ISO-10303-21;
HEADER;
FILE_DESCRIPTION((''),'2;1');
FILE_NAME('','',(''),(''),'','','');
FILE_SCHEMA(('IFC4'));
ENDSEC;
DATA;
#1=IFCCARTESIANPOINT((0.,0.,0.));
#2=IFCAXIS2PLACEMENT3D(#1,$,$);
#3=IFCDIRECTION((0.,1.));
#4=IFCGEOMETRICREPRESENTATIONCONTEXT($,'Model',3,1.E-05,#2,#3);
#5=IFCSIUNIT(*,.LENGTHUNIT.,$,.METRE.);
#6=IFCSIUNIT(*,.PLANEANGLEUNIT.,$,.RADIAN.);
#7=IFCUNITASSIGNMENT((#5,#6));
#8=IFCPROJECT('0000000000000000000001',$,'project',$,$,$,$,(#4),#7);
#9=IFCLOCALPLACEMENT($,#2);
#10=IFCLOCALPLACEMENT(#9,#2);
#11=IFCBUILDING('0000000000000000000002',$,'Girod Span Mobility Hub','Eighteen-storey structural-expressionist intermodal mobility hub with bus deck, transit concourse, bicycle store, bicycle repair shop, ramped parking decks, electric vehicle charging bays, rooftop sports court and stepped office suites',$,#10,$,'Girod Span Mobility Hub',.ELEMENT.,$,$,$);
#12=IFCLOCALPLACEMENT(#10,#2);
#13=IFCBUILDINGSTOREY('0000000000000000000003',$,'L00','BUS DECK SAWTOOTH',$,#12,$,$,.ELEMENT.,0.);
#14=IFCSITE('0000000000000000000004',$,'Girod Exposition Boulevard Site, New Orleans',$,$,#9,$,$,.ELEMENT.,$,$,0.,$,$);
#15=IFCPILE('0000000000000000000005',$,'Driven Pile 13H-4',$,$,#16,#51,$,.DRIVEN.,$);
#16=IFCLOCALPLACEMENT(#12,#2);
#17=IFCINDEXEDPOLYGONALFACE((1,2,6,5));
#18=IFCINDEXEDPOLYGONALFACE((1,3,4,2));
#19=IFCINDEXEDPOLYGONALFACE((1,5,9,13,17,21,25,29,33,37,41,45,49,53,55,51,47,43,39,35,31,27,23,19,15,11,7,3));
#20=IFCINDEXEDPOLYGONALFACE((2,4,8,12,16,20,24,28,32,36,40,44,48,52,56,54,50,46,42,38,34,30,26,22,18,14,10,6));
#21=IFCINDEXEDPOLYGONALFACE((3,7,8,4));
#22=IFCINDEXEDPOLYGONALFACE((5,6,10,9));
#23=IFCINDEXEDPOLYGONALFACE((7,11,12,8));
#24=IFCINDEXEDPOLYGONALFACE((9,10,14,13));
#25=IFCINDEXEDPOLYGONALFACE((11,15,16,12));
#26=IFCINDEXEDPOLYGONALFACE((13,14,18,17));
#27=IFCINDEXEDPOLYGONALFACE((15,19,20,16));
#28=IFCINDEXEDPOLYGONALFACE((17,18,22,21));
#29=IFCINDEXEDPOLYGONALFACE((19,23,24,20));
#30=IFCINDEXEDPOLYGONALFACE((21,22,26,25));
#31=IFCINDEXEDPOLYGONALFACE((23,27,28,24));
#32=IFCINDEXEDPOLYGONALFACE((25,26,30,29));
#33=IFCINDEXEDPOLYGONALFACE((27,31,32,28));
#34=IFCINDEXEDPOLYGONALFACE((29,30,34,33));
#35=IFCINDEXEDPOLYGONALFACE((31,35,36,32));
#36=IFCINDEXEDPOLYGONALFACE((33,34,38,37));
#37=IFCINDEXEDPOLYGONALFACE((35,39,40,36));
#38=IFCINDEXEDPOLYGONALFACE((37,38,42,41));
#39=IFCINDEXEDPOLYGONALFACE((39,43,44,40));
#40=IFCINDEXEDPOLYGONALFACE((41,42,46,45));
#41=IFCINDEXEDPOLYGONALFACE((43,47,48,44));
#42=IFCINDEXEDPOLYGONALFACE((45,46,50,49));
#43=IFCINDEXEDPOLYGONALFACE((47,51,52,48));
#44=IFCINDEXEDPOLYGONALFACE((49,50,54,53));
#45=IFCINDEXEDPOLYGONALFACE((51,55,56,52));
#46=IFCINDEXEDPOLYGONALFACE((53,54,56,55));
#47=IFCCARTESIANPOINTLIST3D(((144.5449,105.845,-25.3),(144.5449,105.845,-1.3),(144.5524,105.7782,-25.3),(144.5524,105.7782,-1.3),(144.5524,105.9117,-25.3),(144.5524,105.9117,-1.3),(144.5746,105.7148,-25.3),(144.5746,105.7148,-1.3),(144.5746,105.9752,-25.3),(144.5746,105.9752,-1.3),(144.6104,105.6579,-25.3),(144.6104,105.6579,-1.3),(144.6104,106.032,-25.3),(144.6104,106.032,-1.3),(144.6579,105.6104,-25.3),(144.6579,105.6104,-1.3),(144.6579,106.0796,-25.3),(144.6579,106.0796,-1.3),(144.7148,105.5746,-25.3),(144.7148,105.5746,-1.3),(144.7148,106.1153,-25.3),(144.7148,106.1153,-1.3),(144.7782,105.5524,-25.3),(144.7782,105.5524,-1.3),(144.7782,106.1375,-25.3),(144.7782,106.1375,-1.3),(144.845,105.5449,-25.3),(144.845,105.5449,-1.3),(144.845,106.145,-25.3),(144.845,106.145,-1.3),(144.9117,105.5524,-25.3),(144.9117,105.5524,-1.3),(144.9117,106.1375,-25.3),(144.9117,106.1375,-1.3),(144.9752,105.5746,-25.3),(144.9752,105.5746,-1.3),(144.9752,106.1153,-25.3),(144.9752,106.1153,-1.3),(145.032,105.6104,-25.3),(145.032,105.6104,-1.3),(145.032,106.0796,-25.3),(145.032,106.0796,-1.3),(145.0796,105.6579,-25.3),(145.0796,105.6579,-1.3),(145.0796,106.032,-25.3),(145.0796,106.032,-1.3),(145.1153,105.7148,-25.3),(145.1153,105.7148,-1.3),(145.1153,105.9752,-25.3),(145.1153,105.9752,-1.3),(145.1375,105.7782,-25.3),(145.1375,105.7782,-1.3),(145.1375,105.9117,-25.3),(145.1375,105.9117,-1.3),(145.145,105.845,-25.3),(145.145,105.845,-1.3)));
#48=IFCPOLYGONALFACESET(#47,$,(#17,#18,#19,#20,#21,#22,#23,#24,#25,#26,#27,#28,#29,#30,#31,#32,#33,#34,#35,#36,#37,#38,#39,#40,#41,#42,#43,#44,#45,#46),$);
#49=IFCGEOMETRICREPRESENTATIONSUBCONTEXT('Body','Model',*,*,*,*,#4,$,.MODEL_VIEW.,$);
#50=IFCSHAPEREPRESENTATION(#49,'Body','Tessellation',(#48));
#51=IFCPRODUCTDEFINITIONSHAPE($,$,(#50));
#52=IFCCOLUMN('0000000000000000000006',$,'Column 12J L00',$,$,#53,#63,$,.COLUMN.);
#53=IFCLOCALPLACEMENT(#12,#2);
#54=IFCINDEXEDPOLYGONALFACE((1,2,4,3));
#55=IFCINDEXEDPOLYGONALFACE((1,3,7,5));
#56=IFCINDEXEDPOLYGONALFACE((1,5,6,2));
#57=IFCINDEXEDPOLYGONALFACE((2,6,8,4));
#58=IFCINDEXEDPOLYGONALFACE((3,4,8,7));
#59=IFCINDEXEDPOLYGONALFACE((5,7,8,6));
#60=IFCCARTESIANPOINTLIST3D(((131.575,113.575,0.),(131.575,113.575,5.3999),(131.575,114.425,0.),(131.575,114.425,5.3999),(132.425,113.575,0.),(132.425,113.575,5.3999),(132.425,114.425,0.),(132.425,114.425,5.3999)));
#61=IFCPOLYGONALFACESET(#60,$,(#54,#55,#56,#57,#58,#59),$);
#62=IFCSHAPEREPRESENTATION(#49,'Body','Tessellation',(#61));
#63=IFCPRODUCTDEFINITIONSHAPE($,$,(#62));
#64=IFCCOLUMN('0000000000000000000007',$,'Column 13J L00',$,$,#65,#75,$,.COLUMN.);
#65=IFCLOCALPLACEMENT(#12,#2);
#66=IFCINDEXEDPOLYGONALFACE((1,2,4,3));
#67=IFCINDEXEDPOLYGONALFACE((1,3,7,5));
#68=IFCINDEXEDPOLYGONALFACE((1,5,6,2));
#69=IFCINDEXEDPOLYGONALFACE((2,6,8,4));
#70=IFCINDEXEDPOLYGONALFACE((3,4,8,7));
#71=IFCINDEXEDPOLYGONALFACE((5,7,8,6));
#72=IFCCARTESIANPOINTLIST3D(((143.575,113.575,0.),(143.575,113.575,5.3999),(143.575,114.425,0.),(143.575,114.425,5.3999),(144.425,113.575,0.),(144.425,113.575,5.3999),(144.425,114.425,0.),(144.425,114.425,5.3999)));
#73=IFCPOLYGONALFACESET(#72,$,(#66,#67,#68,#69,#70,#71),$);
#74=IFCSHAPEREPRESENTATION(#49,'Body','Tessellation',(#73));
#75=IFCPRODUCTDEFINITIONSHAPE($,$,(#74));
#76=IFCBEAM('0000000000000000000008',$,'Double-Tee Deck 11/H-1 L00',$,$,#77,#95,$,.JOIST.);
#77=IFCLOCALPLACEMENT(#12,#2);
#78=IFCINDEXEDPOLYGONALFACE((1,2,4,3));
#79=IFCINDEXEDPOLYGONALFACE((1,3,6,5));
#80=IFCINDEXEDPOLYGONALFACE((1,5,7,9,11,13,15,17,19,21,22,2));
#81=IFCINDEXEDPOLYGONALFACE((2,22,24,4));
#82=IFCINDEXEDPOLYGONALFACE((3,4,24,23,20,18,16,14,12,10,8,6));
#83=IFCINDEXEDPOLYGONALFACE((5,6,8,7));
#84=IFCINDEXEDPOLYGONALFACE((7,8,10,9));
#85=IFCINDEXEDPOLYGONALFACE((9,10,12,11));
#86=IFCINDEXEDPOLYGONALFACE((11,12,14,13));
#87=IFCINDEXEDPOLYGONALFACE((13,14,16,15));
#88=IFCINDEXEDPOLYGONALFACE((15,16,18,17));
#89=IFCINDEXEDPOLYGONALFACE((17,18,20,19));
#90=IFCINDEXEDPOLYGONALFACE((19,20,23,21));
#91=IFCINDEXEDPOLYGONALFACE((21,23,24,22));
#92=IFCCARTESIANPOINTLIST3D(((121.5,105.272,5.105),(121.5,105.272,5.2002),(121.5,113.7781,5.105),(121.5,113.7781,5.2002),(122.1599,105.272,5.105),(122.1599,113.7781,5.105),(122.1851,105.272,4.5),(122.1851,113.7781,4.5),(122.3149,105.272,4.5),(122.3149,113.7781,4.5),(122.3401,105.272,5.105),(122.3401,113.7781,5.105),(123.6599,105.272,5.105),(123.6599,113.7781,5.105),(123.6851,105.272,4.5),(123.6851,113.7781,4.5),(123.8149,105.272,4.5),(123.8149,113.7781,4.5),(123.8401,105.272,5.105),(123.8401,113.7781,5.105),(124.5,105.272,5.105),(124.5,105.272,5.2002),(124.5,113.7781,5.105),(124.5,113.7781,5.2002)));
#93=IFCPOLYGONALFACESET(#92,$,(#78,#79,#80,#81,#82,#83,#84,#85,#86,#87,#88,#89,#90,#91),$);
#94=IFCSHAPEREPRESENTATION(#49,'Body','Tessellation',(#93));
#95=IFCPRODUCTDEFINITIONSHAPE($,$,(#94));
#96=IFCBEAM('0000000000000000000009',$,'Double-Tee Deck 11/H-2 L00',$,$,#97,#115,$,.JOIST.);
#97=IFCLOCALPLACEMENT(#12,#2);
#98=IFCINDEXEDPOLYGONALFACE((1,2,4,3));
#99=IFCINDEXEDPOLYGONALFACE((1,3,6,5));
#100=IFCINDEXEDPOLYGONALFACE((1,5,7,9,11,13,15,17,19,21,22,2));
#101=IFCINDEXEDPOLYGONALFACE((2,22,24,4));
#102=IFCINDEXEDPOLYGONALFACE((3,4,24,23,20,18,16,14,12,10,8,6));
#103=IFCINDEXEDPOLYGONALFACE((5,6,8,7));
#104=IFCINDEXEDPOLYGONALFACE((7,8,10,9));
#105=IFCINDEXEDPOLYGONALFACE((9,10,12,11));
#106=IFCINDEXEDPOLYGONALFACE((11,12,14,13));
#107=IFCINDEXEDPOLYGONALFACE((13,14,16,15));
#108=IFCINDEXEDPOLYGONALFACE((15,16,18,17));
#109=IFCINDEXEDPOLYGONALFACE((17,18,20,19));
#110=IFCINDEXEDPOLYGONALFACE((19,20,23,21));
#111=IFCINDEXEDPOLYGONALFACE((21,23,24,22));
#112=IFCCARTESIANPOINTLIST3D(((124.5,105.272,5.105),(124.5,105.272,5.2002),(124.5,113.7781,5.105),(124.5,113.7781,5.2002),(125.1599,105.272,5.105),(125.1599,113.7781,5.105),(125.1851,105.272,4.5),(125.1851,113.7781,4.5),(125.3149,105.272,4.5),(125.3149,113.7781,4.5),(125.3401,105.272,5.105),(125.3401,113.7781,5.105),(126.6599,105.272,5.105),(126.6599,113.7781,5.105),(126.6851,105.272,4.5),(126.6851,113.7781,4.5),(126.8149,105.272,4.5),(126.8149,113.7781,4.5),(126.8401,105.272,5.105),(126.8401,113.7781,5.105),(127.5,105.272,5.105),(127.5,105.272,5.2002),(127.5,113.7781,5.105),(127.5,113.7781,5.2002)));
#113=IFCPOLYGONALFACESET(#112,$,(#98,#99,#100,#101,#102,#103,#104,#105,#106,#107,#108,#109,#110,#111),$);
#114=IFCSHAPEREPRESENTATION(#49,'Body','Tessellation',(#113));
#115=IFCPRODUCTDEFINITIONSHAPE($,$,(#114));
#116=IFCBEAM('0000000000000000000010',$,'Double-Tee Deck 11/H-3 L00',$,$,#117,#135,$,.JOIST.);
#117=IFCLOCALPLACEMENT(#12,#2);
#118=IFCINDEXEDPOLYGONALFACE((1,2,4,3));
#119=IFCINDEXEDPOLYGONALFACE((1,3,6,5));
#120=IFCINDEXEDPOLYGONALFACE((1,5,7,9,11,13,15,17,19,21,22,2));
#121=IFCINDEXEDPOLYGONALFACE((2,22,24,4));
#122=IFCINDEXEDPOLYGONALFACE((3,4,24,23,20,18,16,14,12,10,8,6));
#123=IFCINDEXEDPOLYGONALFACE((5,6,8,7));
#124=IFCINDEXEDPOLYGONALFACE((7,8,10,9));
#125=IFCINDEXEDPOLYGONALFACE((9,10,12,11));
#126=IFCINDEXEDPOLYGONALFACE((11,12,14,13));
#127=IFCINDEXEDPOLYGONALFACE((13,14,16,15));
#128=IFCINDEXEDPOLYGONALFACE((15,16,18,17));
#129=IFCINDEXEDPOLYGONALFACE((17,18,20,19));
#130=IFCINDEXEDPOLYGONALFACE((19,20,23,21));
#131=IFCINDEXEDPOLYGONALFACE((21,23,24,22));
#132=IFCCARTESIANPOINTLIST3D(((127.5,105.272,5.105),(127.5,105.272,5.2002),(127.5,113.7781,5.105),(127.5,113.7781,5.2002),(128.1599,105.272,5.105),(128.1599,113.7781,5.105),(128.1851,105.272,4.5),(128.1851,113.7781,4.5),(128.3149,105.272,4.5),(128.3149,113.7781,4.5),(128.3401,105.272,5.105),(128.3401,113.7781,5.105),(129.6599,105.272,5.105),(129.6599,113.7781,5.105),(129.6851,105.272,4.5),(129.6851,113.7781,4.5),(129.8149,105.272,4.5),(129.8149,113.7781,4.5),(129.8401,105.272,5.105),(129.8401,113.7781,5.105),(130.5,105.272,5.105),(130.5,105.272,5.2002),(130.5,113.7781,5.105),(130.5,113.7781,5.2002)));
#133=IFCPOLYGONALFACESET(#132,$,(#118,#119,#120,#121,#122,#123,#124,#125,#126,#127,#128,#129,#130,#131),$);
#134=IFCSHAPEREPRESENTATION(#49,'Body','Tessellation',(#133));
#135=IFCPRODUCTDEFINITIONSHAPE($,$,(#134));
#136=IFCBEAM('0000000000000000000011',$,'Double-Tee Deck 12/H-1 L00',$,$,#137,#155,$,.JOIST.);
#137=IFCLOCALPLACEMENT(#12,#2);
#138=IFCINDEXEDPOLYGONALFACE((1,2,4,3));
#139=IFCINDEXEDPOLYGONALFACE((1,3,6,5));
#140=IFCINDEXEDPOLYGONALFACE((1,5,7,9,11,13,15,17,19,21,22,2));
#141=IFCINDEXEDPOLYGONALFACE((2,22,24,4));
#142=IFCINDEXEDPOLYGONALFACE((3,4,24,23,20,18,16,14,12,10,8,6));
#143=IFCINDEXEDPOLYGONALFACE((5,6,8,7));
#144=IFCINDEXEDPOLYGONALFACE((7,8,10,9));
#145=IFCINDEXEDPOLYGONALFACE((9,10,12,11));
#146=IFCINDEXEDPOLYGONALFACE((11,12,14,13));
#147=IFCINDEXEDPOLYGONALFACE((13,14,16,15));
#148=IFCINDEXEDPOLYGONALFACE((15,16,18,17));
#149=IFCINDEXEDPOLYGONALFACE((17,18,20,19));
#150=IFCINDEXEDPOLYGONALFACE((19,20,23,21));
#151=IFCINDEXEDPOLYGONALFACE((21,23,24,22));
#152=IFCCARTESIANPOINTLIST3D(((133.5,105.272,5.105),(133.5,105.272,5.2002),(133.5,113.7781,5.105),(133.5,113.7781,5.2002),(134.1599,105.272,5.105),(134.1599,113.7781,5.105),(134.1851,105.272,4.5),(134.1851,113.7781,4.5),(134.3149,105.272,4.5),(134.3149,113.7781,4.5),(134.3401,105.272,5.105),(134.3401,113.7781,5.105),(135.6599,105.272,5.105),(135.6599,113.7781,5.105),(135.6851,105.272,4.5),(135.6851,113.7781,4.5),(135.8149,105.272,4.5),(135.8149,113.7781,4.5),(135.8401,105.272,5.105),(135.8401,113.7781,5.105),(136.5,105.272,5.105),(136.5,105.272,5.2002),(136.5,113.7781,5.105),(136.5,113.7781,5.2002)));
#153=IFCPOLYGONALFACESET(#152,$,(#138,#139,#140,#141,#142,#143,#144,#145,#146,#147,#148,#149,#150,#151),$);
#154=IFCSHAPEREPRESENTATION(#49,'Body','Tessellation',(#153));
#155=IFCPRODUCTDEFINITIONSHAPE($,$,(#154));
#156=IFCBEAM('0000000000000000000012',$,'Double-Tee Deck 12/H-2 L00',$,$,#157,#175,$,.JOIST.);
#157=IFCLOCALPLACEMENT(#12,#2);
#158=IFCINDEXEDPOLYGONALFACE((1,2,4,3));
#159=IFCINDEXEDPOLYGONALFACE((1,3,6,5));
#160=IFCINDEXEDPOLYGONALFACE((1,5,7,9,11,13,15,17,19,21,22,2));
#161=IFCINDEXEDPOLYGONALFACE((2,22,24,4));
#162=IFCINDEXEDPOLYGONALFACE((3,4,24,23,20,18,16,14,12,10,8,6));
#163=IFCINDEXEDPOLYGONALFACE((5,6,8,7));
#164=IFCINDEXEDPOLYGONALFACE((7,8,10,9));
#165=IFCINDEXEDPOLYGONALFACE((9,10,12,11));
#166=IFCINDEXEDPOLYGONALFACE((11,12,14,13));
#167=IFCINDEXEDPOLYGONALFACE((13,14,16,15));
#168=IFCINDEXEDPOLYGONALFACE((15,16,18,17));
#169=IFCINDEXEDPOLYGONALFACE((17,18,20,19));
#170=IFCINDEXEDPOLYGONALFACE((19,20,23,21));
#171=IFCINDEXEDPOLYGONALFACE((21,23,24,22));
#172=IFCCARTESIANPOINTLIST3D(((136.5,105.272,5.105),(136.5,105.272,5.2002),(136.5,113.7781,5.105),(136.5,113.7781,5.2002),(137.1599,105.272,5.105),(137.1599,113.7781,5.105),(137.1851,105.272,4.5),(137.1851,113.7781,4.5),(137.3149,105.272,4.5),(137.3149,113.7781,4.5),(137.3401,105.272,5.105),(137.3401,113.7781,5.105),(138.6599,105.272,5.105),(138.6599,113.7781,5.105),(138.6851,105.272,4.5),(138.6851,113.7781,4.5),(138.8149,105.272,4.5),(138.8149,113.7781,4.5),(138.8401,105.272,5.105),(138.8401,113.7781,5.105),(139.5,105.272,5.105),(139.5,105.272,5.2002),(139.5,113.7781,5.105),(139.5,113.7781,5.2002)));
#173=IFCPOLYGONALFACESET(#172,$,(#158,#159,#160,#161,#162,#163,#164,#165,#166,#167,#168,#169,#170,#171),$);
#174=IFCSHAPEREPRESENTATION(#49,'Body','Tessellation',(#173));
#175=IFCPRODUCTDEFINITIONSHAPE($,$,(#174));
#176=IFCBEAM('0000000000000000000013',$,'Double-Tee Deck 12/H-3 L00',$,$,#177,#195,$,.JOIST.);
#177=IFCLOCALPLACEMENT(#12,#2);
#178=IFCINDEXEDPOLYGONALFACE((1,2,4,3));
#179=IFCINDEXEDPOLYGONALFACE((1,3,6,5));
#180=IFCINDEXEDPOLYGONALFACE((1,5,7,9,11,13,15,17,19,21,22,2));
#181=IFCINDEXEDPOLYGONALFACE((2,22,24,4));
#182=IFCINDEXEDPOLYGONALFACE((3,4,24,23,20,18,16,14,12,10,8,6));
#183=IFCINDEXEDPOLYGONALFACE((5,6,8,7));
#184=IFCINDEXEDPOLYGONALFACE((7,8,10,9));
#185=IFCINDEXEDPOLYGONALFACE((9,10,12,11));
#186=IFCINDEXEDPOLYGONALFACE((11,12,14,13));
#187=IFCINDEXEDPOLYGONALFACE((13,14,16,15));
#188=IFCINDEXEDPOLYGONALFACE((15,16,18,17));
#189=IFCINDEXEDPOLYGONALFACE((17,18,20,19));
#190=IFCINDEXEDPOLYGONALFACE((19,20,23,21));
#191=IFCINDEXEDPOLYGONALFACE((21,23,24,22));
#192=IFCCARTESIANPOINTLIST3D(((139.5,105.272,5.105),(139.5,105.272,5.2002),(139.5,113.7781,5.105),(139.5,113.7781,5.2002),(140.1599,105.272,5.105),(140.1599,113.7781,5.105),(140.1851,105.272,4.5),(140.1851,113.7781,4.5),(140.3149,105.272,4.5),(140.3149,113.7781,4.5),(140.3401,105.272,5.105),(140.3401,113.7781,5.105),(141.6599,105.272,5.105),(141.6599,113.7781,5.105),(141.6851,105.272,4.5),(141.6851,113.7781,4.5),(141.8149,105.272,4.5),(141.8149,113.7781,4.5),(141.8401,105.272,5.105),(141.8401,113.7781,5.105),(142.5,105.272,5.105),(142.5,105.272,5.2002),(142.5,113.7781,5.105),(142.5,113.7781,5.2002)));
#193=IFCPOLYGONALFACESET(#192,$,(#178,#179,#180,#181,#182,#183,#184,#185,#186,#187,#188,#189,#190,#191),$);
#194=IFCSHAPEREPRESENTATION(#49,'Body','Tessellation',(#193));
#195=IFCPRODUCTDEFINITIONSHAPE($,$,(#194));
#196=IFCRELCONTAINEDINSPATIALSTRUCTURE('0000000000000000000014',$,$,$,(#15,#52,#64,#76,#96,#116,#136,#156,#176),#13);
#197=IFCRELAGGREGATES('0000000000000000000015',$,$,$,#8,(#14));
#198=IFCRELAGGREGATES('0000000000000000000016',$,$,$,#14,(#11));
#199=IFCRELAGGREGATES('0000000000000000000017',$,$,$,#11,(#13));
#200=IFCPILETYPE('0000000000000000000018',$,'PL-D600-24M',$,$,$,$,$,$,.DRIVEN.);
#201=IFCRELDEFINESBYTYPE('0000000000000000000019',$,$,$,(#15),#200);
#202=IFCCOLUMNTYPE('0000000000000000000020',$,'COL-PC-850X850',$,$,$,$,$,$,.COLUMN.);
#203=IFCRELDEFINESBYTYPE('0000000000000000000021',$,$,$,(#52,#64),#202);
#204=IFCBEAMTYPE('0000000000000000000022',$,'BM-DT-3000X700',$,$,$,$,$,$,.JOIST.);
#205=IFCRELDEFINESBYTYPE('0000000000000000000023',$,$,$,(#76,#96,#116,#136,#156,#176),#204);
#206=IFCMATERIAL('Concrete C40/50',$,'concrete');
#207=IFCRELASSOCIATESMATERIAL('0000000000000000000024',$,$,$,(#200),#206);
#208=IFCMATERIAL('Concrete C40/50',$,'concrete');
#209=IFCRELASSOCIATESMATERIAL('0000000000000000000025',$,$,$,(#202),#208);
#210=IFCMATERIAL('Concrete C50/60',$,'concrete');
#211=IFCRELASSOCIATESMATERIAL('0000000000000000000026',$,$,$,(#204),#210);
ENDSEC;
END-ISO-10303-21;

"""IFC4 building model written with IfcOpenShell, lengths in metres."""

from ifc_helpers import new_model, si_unit, direction, frame, origin, origin_2d, place, context, subcontext, project, spatial, polyline, rectangle, circle, outline, extrude, material, material_profile, profile_set, type_object, element, save


model = new_model("IFC4")

# Units and contexts
model_context = context("Model", 3, precision=1e-05, world=origin(), true_north=direction((0.0, 1.0)))
body_context = subcontext(model_context, "Body", "Model", "MODEL_VIEW")
ifc_project = project(units=[si_unit("LENGTHUNIT", "METRE"), si_unit("PLANEANGLEUNIT", "RADIAN")], contexts=[model_context])

# Site, building, storey
site_placement = place(None, origin())
site = spatial("IfcSite", under=ifc_project, at=site_placement, Name="Girod Exposition Boulevard Site, New Orleans", CompositionType="ELEMENT", RefElevation=0.0)
building_placement = place(site_placement, origin())
building = spatial("IfcBuilding", under=site, at=building_placement, Name="Girod Span Mobility Hub", Description="Eighteen-storey structural-expressionist intermodal mobility hub with bus deck, transit concourse, bicycle store, bicycle repair shop, ramped parking decks, electric vehicle charging bays, rooftop sports court and stepped office suites", LongName="Girod Span Mobility Hub", CompositionType="ELEMENT")
storey_placement = place(building_placement, origin())
storey = spatial("IfcBuildingStorey", under=building, at=storey_placement, Name="L00", Description="BUS DECK SAWTOOTH", CompositionType="ELEMENT", Elevation=0.0)

# Pile
ifc_material_1 = material(Name="Concrete C40/50", Category="concrete")
ifc_material_profile_1 = material_profile(ifc_material_1, circle(Radius=0.3, at=origin_2d()), Name="PILE-D600")
ifc_profile_set_1 = profile_set([ifc_material_profile_1], Name="Concrete C40/50")
pile_type_1 = type_object("IfcPileType", Name="PL-D600-24M", PredefinedType="DRIVEN", material=ifc_profile_set_1)
for number, where, z_axis, x_axis, name in (
    (1, (144.845, 105.845, -1.3), (0.0, 0.0, -1.0), (1.0, 0.0, 0.0), "Driven Pile 13H-4"),
):
    element("IfcPile", number, at=place(storey_placement, frame(where, z_axis=z_axis, x_axis=x_axis)), inside=storey, type_object=pile_type_1, Name=name, PredefinedType="DRIVEN", context=body_context, shape_type="SweptSolid", body=[
        extrude(circle(Radius=0.3, at=origin_2d()), origin(), (0.0, 0.0, 1.0), 24.0),
    ])

# Columns
ifc_material_2 = material(Name="Concrete C40/50", Category="concrete")
ifc_material_profile_2 = material_profile(ifc_material_2, rectangle(XDim=0.8501, YDim=0.8501, at=origin_2d()), Name="PC-COL-850X850")
ifc_profile_set_2 = profile_set([ifc_material_profile_2], Name="Concrete C40/50")
column_type = type_object("IfcColumnType", Name="COL-PC-850X850", PredefinedType="COLUMN", material=ifc_profile_set_2)
for number, where, z_axis, x_axis, name in (
    (2, (132.0, 114.0, 0.0), (0.0, 0.0, 1.0), (1.0, 0.0, 0.0), "Column 12J L00"),
    (3, (144.0, 114.0, 0.0), (0.0, 0.0, 1.0), (1.0, 0.0, 0.0), "Column 13J L00"),
):
    element("IfcColumn", number, at=place(storey_placement, frame(where, z_axis=z_axis, x_axis=x_axis)), inside=storey, type_object=column_type, Name=name, PredefinedType="COLUMN", context=body_context, shape_type="SweptSolid", body=[
        extrude(rectangle(XDim=0.8501, YDim=0.8501, at=origin_2d()), origin(), (0.0, 0.0, 1.0), 5.3999),
    ])

# Beams
ifc_material_3 = material(Name="Concrete C50/60", Category="concrete")
ifc_material_profile_3 = material_profile(ifc_material_3, outline(polyline([(-1.5, 0.3501), (-1.5, 0.2549), (-0.8401, 0.2549), (-0.8149, -0.3501), (-0.6851, -0.3501), (-0.6599, 0.2549), (0.6599, 0.2549), (0.6851, -0.3501), (0.8149, -0.3501), (0.8401, 0.2549), (1.5, 0.2549), (1.5, 0.3501), (-1.5, 0.3501)])), Name="DT-3000X700")
ifc_profile_set_3 = profile_set([ifc_material_profile_3], Name="Concrete C50/60")
beam_type_1 = type_object("IfcBeamType", Name="BM-DT-3000X700", PredefinedType="JOIST", material=ifc_profile_set_3)
for number, where, z_axis, x_axis, name in (
    (4, (123.0, 105.272, 4.8501), (0.0, 1.0, 0.0), (-1.0, 0.0, 0.0), "Double-Tee Deck 11/H-1 L00"),
    (5, (126.0, 105.272, 4.8501), (0.0, 1.0, 0.0), (-1.0, 0.0, 0.0), "Double-Tee Deck 11/H-2 L00"),
    (6, (129.0, 105.272, 4.8501), (0.0, 1.0, 0.0), (-1.0, 0.0, 0.0), "Double-Tee Deck 11/H-3 L00"),
    (7, (135.0, 105.272, 4.8501), (0.0, 1.0, 0.0), (-1.0, 0.0, 0.0), "Double-Tee Deck 12/H-1 L00"),
    (8, (138.0, 105.272, 4.8501), (0.0, 1.0, 0.0), (-1.0, 0.0, 0.0), "Double-Tee Deck 12/H-2 L00"),
    (9, (141.0, 105.272, 4.8501), (0.0, 1.0, 0.0), (-1.0, 0.0, 0.0), "Double-Tee Deck 12/H-3 L00"),
):
    element("IfcBeam", number, at=place(storey_placement, frame(where, z_axis=z_axis, x_axis=x_axis)), inside=storey, type_object=beam_type_1, Name=name, PredefinedType="JOIST", context=body_context, shape_type="SweptSolid", body=[
        extrude(outline(polyline([(-1.5, 0.3501), (-1.5, 0.2549), (-0.8401, 0.2549), (-0.8149, -0.3501), (-0.6851, -0.3501), (-0.6599, 0.2549), (0.6599, 0.2549), (0.6851, -0.3501), (0.8149, -0.3501), (0.8401, 0.2549), (1.5, 0.2549), (1.5, 0.3501), (-1.5, 0.3501)])), origin(), (0.0, 0.0, 1.0), 8.5061),
    ])

save(model, "model.ifc")
